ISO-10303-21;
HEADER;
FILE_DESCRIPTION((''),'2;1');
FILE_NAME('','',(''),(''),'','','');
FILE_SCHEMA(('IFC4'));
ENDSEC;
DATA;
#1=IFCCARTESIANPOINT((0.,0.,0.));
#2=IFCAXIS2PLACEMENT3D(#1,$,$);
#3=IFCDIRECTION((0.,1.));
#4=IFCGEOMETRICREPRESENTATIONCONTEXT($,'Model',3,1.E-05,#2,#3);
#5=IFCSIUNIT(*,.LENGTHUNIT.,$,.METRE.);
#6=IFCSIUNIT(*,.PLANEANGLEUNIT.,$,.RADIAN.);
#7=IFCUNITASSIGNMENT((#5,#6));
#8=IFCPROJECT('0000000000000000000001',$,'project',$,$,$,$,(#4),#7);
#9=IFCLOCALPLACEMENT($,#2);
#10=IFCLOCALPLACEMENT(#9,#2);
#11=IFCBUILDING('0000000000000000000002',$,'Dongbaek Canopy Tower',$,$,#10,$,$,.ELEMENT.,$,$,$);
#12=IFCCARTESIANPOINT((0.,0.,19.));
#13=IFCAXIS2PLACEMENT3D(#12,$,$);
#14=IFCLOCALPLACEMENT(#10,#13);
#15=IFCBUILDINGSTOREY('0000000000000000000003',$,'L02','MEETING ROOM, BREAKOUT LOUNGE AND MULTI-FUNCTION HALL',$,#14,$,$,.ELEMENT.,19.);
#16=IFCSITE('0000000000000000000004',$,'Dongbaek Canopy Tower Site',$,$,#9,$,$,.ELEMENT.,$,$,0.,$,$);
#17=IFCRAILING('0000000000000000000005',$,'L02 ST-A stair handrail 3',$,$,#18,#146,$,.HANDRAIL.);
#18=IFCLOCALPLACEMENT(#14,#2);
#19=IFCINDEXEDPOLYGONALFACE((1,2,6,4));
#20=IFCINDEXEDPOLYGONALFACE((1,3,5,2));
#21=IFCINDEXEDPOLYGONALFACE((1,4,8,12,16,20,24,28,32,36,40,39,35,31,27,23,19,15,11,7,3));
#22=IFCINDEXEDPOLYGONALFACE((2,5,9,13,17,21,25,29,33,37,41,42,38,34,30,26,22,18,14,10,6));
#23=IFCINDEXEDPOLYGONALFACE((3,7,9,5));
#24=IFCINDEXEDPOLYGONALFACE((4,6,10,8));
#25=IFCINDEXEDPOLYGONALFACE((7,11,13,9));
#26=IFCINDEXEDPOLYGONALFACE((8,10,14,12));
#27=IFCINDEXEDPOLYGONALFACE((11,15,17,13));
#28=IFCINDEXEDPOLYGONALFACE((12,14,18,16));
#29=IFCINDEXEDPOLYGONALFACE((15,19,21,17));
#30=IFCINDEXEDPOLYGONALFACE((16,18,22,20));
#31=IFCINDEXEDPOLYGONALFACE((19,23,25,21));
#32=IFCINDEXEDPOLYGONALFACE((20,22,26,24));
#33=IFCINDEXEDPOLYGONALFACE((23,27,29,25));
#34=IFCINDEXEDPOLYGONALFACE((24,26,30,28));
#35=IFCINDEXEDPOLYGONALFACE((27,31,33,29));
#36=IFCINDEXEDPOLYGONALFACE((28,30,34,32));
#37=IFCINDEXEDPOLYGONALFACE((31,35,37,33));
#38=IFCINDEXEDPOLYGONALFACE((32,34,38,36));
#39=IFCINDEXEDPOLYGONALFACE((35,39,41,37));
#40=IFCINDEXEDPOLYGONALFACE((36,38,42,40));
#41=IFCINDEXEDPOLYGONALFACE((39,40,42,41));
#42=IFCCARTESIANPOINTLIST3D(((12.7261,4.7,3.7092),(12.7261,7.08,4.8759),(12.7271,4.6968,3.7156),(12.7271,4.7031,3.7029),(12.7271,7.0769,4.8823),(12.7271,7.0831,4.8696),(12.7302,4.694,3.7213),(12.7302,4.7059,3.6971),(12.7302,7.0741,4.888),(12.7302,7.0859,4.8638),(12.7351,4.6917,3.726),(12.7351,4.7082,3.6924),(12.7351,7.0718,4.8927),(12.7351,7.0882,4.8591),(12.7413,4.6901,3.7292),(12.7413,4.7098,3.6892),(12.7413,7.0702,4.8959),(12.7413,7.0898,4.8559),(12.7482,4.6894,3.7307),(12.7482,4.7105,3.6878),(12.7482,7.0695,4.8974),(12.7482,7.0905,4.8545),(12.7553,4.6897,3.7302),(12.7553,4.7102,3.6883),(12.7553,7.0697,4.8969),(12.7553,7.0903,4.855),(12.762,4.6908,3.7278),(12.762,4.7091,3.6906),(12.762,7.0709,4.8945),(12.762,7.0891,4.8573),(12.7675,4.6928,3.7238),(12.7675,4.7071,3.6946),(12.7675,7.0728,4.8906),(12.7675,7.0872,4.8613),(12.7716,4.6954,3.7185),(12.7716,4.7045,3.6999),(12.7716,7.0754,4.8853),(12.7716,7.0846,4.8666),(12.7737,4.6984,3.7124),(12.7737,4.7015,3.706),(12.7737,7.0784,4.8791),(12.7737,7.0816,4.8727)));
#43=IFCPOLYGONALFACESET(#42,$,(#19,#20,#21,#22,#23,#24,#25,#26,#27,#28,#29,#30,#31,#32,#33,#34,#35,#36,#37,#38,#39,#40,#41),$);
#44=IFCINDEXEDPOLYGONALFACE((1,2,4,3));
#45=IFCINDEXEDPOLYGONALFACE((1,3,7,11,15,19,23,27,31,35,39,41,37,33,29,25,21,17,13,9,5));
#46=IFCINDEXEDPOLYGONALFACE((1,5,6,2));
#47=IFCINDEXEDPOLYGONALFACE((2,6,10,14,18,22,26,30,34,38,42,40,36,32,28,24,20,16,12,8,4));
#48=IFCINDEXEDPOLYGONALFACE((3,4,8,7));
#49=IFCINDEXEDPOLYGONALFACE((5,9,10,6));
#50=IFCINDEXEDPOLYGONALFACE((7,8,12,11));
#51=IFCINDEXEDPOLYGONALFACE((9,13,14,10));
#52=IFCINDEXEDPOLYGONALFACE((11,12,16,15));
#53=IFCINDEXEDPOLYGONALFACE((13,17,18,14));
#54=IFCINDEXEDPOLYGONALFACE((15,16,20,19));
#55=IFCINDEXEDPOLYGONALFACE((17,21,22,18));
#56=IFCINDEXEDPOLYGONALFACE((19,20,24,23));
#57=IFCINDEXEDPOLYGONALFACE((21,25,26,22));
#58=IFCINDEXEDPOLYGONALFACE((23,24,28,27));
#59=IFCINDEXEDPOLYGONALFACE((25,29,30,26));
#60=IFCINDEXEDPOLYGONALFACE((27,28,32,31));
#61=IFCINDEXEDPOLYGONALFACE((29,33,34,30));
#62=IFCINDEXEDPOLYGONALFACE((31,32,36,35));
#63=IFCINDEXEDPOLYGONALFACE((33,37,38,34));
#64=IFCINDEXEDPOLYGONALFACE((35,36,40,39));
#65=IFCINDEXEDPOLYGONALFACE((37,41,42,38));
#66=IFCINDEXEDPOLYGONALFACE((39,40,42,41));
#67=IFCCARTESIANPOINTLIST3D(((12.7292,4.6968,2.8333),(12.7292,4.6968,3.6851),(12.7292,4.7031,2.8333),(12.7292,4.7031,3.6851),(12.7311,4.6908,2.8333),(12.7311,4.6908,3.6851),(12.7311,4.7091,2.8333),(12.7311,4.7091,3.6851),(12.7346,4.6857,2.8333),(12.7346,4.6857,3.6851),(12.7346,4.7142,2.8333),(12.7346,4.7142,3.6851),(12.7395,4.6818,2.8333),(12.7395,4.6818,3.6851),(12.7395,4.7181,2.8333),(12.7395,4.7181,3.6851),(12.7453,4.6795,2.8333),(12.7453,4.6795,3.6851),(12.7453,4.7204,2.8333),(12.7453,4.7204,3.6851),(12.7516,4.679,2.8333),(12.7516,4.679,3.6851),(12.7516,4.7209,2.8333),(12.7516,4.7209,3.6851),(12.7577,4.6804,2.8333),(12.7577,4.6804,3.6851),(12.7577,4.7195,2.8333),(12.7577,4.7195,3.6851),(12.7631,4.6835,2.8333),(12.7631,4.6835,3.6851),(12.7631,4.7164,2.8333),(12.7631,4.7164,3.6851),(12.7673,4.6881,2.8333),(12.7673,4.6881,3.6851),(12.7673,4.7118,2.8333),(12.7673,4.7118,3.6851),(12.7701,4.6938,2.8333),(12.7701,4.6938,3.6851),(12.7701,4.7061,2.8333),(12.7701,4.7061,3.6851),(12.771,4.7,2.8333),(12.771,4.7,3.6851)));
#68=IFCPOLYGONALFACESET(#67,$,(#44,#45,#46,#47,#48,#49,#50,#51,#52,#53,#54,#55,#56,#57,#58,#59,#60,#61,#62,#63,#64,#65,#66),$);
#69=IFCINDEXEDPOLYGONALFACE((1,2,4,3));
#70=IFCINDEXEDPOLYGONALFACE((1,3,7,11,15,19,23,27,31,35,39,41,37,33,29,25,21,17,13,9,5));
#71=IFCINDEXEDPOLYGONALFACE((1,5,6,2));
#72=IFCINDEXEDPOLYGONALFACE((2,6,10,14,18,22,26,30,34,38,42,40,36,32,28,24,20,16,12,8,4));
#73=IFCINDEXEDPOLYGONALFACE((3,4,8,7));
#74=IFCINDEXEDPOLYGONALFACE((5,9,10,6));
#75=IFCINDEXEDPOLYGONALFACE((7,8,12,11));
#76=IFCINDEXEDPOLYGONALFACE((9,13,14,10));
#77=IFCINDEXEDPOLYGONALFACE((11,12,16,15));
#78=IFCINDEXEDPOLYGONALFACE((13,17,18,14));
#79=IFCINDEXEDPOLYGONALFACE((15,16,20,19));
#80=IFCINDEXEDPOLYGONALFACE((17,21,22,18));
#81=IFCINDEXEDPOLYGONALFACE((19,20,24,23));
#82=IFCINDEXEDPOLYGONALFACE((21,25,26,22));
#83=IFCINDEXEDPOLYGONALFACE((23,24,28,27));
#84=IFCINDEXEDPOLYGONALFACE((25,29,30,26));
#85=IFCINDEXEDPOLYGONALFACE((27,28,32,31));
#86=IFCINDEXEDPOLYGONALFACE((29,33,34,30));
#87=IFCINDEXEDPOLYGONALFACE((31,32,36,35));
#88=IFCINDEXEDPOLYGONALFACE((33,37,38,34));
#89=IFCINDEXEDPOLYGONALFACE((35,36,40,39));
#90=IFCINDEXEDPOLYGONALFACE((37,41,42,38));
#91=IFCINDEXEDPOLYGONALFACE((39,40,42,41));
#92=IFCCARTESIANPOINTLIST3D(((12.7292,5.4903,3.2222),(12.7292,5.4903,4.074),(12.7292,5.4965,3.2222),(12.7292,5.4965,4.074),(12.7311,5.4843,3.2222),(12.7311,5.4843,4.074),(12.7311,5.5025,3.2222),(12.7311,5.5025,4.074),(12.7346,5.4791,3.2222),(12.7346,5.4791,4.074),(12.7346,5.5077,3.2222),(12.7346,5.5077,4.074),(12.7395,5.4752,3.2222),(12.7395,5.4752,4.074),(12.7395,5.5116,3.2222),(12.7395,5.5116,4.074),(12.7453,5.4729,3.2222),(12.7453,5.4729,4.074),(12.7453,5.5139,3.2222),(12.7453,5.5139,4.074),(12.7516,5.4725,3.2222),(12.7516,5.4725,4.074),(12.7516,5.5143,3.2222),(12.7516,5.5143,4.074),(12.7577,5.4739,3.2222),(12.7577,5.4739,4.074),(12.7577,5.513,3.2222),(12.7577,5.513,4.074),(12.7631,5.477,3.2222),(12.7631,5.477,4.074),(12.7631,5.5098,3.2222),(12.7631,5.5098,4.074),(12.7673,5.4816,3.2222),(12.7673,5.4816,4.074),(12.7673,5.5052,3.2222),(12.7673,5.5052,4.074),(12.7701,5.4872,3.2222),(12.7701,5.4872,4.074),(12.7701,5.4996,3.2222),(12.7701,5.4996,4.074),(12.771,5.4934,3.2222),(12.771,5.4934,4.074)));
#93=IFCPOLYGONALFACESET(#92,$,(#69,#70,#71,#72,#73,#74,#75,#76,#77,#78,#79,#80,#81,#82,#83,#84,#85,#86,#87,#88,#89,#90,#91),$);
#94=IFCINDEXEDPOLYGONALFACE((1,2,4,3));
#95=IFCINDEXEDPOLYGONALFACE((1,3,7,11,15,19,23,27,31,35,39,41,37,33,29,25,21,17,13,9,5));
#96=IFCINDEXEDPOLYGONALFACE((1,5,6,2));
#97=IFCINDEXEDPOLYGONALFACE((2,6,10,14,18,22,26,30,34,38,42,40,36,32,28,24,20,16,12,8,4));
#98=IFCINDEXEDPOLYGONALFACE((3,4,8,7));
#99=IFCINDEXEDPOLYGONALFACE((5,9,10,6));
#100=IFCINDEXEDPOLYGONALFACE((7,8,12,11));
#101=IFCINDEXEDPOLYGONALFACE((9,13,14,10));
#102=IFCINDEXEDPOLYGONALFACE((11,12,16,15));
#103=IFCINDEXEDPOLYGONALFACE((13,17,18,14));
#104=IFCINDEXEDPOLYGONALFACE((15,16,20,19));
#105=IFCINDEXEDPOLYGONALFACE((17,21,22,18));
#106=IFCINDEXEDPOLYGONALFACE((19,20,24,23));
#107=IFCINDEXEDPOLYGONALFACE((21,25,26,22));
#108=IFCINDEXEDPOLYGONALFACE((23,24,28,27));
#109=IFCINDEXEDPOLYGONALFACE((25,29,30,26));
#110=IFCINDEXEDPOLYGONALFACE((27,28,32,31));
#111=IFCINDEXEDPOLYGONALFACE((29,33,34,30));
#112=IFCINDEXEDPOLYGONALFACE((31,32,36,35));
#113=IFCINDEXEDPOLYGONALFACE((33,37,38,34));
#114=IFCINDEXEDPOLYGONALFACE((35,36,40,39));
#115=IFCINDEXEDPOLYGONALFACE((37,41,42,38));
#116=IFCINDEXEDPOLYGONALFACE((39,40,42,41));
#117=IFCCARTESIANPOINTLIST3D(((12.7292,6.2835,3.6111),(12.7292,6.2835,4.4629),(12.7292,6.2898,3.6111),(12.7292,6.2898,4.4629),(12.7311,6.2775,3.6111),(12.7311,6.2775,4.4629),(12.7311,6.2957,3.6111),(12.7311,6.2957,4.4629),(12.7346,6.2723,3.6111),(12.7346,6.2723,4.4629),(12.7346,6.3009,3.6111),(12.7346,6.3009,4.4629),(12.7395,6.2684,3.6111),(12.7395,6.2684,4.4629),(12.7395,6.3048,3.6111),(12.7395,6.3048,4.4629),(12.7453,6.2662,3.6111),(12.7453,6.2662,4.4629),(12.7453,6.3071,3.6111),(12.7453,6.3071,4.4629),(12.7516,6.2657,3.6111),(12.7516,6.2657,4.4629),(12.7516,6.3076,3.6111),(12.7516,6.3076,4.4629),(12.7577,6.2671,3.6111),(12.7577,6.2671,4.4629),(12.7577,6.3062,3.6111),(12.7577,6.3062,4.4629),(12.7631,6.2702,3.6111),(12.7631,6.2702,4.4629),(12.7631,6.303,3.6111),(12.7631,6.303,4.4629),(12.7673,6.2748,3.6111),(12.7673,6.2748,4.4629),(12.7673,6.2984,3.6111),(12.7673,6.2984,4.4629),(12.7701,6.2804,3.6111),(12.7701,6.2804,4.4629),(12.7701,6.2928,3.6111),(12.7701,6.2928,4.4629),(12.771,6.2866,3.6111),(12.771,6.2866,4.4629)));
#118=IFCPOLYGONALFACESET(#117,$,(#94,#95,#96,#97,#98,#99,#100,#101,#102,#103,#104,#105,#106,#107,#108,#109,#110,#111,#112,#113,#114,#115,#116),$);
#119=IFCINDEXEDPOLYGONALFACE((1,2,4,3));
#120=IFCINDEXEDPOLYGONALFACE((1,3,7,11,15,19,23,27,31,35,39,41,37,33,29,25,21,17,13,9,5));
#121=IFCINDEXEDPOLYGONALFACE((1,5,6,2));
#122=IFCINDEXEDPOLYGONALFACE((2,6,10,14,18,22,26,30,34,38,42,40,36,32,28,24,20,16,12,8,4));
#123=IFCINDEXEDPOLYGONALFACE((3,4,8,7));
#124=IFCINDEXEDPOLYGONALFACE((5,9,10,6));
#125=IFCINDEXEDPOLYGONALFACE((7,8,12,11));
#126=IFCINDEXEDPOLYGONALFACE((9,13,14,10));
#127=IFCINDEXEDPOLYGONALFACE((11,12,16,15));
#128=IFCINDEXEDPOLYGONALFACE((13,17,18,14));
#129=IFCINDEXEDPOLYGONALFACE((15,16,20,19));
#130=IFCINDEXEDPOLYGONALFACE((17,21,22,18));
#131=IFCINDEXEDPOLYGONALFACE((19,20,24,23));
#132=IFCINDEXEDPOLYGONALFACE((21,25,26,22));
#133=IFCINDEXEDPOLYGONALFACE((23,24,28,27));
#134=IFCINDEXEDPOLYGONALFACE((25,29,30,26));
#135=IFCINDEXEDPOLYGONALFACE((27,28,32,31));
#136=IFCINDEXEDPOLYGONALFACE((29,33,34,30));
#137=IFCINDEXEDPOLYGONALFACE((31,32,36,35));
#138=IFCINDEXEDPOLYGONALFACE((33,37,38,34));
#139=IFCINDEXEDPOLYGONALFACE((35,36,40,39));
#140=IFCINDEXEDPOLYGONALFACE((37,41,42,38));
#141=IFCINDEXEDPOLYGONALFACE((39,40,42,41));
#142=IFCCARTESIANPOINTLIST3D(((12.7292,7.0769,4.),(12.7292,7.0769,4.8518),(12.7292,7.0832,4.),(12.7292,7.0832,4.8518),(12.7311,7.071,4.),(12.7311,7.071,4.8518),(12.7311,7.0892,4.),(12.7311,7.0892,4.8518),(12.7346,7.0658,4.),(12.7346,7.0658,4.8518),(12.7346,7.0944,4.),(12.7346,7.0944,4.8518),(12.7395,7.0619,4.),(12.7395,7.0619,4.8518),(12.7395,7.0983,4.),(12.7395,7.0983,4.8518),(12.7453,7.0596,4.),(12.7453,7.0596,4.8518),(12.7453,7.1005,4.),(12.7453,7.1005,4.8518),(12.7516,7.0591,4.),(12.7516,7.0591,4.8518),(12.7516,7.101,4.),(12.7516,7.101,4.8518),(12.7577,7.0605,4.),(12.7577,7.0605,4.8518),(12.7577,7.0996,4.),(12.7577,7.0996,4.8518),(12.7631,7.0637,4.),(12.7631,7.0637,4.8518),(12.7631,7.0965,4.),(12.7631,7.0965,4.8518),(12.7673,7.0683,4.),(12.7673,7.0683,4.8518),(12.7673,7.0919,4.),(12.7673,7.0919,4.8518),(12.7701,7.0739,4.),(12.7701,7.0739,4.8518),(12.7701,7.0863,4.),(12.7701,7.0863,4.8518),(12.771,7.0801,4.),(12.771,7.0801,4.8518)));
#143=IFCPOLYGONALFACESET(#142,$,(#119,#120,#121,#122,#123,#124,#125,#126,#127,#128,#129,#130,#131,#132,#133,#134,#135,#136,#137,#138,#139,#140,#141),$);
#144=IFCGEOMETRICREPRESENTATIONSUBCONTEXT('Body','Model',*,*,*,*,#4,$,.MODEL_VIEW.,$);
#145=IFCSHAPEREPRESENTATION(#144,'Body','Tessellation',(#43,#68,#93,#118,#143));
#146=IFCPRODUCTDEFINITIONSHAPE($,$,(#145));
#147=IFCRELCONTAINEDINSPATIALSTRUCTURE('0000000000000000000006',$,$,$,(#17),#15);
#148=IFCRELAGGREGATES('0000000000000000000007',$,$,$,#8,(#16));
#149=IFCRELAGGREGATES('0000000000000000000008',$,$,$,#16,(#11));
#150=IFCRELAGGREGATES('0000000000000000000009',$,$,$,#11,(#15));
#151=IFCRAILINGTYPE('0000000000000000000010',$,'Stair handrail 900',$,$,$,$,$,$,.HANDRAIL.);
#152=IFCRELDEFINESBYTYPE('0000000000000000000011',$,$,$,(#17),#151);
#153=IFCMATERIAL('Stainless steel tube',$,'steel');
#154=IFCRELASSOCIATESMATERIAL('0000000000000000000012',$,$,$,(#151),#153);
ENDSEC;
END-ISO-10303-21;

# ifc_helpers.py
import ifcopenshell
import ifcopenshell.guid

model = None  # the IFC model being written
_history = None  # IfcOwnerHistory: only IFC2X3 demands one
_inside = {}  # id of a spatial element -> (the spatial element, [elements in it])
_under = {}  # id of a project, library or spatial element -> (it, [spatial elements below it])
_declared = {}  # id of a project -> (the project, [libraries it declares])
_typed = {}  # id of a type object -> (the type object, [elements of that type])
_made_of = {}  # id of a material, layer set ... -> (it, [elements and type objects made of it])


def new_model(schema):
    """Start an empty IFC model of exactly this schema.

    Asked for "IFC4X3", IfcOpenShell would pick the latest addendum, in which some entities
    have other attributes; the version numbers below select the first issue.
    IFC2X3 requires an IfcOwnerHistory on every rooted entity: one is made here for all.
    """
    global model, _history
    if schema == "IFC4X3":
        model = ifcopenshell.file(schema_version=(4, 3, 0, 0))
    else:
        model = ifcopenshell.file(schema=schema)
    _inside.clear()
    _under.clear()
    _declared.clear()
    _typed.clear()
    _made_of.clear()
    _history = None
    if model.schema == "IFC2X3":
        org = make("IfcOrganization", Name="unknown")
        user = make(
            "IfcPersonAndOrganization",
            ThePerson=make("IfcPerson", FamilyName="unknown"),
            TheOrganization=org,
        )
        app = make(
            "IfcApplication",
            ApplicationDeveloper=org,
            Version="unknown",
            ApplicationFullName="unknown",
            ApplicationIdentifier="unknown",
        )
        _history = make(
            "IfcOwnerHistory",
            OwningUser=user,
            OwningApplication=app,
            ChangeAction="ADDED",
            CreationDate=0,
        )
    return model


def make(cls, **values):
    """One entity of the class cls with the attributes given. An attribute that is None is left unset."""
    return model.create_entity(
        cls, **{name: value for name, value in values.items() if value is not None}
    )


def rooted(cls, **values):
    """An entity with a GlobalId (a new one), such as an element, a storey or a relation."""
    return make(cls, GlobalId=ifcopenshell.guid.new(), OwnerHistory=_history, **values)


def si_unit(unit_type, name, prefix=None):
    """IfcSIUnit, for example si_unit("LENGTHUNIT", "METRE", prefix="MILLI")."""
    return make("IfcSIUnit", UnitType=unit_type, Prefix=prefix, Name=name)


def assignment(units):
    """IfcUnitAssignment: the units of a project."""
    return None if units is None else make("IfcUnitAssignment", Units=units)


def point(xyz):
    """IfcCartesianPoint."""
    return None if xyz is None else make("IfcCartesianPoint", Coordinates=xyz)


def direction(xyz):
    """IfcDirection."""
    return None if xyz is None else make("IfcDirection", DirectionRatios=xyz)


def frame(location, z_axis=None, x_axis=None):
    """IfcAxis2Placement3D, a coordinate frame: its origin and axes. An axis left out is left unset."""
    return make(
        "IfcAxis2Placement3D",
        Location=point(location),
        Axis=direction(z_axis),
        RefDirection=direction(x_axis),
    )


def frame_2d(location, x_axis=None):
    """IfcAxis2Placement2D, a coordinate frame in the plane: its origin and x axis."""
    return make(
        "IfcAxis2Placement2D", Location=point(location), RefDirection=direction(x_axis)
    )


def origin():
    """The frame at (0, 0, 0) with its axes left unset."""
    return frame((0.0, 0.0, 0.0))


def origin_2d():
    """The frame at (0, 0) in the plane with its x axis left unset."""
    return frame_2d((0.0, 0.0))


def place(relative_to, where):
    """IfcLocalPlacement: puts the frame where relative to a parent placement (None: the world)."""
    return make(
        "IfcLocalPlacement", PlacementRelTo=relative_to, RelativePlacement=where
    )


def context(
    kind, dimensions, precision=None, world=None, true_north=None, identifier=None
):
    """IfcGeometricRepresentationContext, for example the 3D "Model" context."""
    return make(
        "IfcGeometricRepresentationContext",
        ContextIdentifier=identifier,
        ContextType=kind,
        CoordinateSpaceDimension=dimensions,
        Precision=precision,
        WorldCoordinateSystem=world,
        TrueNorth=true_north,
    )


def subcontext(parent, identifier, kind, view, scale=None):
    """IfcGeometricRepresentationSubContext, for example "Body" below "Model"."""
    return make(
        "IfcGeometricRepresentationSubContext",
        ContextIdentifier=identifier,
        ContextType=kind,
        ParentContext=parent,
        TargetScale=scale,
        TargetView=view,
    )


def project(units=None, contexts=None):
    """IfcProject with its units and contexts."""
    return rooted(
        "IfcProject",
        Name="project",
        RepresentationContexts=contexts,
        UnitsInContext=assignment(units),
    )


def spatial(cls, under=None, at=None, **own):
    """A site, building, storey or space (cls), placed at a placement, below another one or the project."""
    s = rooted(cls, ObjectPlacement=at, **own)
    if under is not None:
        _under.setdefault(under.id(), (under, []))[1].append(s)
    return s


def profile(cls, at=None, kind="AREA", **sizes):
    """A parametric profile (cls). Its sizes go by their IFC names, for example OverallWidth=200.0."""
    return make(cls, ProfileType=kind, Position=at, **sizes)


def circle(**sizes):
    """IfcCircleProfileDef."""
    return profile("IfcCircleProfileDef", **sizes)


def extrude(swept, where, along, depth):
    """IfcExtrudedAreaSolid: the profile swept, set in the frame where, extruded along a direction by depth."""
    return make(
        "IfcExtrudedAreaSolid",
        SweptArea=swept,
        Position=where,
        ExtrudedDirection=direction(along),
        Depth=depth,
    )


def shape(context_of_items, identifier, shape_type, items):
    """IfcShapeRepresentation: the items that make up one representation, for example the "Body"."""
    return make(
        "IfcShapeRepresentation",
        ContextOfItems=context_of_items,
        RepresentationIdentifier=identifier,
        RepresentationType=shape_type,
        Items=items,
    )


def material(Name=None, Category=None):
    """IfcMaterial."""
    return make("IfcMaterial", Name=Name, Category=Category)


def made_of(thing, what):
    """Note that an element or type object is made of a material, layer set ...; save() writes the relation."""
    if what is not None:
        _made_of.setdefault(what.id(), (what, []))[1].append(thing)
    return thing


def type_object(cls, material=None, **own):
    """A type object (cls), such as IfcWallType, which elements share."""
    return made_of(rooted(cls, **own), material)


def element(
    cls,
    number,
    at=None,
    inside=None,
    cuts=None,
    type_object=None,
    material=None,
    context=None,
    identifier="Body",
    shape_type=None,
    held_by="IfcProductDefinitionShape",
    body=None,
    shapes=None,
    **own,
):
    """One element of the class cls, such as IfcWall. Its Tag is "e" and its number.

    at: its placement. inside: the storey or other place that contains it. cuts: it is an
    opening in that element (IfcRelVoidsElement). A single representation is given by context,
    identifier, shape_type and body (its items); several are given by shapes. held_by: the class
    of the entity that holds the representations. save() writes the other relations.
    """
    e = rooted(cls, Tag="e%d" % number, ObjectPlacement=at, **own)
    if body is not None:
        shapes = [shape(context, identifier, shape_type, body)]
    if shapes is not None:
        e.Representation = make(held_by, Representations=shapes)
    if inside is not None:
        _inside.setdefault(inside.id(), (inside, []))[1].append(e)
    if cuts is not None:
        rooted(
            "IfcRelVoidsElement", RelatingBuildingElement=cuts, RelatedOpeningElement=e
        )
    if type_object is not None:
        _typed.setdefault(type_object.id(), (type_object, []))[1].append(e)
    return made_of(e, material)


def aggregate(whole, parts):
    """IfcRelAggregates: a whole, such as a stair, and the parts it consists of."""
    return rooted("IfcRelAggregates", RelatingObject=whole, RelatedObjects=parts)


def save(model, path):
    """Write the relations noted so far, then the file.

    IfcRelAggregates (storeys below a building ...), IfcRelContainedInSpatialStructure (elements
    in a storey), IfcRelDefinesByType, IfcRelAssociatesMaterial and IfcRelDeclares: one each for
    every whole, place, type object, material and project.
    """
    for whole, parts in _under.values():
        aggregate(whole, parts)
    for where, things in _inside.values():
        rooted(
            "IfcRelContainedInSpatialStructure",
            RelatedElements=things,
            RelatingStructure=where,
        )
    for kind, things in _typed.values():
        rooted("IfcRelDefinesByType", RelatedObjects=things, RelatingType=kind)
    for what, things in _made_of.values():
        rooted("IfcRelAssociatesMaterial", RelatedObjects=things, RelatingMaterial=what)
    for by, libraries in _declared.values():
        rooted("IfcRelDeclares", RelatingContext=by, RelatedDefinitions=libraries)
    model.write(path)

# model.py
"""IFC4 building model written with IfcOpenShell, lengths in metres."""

from ifc_helpers import new_model, si_unit, direction, frame, origin, origin_2d, place, context, subcontext, project, spatial, circle, extrude, material, type_object, element, save


model = new_model("IFC4")

# Units and contexts
model_context = context("Model", 3, precision=1e-05, world=origin(), true_north=direction((0.0, 1.0)))
body_context = subcontext(model_context, "Body", "Model", "MODEL_VIEW")
ifc_project = project(units=[si_unit("LENGTHUNIT", "METRE"), si_unit("PLANEANGLEUNIT", "RADIAN")], contexts=[model_context])

# Site, building, storey
site_placement = place(None, origin())
site = spatial("IfcSite", under=ifc_project, at=site_placement, Name="Dongbaek Canopy Tower Site", CompositionType="ELEMENT", RefElevation=0.0)
building_placement = place(site_placement, origin())
building = spatial("IfcBuilding", under=site, at=building_placement, Name="Dongbaek Canopy Tower", CompositionType="ELEMENT")
storey_placement = place(building_placement, frame((0.0, 0.0, 19.0)))
storey = spatial("IfcBuildingStorey", under=building, at=storey_placement, Name="L02", Description="MEETING ROOM, BREAKOUT LOUNGE AND MULTI-FUNCTION HALL", CompositionType="ELEMENT", Elevation=19.0)

# Railing
ifc_material_1 = material(Name="Stainless steel tube", Category="steel")
railing_type_1 = type_object("IfcRailingType", Name="Stair handrail 900", PredefinedType="HANDRAIL", material=ifc_material_1)
for number, where, name in (
    (1, (12.75, 4.7, 2.8333), "L02 ST-A stair handrail 3"),
):
    element("IfcRailing", number, at=place(storey_placement, frame(where)), inside=storey, type_object=railing_type_1, Name=name, PredefinedType="HANDRAIL", context=body_context, shape_type="SweptSolid", body=[
        extrude(circle(Radius=0.0239, at=origin_2d()), frame((0.0, 0.0, 0.876), z_axis=(0.0, 0.897918, 0.440163), x_axis=(-1.0, 0.0, 0.0)), (0.0, 0.0, 1.0), 2.6506),
        extrude(circle(Radius=0.021, at=origin_2d()), origin(), (0.0, 0.0, 1.0), 0.8518),
        extrude(circle(Radius=0.021, at=origin_2d()), frame((0.0, 0.7935, 0.3889)), (0.0, 0.0, 1.0), 0.8518),
        extrude(circle(Radius=0.021, at=origin_2d()), frame((0.0, 1.5867, 0.7778)), (0.0, 0.0, 1.0), 0.8518),
        extrude(circle(Radius=0.021, at=origin_2d()), frame((0.0, 2.3801, 1.1667)), (0.0, 0.0, 1.0), 0.8518),
    ])

save(model, "model.ifc")
